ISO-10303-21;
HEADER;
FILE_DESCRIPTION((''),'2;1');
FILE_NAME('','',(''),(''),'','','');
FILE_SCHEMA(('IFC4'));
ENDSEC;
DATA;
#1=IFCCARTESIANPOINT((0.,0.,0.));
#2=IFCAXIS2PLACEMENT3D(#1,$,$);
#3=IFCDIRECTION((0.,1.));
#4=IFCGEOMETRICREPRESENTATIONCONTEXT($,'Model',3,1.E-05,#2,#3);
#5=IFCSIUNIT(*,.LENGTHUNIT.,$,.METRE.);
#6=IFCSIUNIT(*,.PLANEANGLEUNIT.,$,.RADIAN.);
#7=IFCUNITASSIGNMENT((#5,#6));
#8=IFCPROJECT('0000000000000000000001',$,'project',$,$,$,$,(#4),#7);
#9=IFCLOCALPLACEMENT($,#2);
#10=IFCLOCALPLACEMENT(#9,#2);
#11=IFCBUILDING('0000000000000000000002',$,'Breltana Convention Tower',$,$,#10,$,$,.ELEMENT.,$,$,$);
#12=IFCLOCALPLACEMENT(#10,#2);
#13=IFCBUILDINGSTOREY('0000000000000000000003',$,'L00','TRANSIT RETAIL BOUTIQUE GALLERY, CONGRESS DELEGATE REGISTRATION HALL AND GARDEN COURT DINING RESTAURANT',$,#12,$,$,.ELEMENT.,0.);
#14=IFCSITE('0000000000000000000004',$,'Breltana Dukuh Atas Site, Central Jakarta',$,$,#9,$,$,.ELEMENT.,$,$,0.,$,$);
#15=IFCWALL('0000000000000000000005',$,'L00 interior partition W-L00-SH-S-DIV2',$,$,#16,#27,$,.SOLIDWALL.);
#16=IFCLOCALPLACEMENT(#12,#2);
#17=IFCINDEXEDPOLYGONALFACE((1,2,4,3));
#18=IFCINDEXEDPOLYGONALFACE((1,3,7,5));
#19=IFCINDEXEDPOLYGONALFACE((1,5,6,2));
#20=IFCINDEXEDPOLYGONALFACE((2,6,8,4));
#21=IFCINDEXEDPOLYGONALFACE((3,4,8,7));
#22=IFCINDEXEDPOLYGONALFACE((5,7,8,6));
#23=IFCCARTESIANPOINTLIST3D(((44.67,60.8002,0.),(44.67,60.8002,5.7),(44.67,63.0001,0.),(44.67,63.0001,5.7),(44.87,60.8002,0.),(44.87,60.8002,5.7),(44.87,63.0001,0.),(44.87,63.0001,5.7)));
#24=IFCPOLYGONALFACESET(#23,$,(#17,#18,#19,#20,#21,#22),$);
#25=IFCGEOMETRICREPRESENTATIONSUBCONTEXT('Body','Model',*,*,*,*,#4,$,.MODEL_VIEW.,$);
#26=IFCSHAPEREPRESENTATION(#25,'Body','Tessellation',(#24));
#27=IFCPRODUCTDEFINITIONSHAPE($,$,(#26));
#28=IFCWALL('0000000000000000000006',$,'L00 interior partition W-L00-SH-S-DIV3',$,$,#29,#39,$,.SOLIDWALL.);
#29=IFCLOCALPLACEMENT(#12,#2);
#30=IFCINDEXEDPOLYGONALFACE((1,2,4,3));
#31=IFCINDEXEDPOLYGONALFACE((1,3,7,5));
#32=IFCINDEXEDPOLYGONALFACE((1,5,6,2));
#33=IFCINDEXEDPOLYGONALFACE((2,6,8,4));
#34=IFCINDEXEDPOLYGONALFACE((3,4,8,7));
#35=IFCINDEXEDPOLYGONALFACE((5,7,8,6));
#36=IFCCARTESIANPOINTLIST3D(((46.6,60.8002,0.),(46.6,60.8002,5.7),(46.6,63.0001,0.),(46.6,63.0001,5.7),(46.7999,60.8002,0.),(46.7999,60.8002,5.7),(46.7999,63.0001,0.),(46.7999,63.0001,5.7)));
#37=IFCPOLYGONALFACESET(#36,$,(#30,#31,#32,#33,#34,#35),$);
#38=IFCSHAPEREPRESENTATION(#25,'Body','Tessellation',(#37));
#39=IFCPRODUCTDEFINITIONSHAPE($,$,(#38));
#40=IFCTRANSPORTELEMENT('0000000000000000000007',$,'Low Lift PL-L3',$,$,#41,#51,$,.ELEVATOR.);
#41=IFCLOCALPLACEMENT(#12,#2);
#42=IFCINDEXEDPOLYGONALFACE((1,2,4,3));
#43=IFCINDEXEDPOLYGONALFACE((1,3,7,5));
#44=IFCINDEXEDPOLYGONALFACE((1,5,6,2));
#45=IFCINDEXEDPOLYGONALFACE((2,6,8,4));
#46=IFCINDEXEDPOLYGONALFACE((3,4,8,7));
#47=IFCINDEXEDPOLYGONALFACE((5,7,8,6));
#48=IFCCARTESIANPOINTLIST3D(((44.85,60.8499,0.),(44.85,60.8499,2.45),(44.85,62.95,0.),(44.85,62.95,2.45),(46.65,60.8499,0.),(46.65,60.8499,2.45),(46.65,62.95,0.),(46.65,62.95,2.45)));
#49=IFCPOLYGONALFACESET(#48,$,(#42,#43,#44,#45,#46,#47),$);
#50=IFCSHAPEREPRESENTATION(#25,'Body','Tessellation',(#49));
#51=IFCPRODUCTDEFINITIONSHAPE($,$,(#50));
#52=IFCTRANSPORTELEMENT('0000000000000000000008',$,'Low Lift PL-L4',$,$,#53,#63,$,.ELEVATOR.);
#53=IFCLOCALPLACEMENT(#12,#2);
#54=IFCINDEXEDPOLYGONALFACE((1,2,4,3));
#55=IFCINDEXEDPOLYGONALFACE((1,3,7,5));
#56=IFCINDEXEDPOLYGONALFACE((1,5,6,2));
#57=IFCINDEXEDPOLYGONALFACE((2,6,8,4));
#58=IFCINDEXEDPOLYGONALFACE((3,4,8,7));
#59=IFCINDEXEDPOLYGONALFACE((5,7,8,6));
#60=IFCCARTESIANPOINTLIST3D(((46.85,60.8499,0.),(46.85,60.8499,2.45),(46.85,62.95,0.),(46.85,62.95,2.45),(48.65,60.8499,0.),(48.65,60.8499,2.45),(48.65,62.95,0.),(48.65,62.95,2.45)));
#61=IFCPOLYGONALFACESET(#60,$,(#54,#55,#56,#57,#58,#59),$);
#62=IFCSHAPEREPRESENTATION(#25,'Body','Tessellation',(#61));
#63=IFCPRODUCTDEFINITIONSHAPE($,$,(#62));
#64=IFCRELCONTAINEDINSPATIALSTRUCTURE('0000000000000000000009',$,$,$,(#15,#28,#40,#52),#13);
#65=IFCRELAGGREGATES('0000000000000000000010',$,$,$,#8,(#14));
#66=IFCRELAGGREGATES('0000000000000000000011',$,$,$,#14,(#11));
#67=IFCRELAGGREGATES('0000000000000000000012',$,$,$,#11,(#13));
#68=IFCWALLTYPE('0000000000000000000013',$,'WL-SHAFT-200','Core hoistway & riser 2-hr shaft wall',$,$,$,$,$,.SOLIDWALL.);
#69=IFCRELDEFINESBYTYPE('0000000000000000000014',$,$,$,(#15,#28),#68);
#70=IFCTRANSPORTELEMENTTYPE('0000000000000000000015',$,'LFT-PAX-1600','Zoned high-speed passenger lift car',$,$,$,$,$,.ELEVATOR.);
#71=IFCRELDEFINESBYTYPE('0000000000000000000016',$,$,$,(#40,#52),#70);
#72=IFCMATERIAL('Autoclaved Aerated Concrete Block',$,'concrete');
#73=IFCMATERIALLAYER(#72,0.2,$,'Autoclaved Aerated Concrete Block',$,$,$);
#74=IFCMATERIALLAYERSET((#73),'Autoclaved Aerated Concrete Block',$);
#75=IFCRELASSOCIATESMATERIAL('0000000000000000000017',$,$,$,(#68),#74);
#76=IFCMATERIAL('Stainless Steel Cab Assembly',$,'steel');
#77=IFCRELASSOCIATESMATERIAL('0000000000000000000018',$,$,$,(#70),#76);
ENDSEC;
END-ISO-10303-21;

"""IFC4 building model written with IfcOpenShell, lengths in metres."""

from ifc_helpers import new_model, si_unit, direction, frame, frame_2d, origin, origin_2d, place, context, subcontext, project, spatial, rectangle, extrude, source, transform, mapped, material, layer, layer_set, type_object, type_shapes, element, save


model = new_model("IFC4")

# Units and contexts
model_context = context("Model", 3, precision=1e-05, world=origin(), true_north=direction((0.0, 1.0)))
body_context = subcontext(model_context, "Body", "Model", "MODEL_VIEW")
ifc_project = project(units=[si_unit("LENGTHUNIT", "METRE"), si_unit("PLANEANGLEUNIT", "RADIAN")], contexts=[model_context])

# Site, building, storey
site_placement = place(None, origin())
site = spatial("IfcSite", under=ifc_project, at=site_placement, Name="Breltana Dukuh Atas Site, Central Jakarta", CompositionType="ELEMENT", RefElevation=0.0)
building_placement = place(site_placement, origin())
building = spatial("IfcBuilding", under=site, at=building_placement, Name="Breltana Convention Tower", CompositionType="ELEMENT")
storey_placement = place(building_placement, origin())
storey = spatial("IfcBuildingStorey", under=building, at=storey_placement, Name="L00", Description="TRANSIT RETAIL BOUTIQUE GALLERY, CONGRESS DELEGATE REGISTRATION HALL AND GARDEN COURT DINING RESTAURANT", CompositionType="ELEMENT", Elevation=0.0)

# Shared definitions
ifc_material_1 = material(Name="Autoclaved Aerated Concrete Block", Category="concrete")
ifc_layer_1 = layer(ifc_material_1, 0.2, Name="Autoclaved Aerated Concrete Block")
ifc_layer_set_1 = layer_set([ifc_layer_1], Name="Autoclaved Aerated Concrete Block")
wall_type_1 = type_object("IfcWallType", Name="WL-SHAFT-200", Description="Core hoistway & riser 2-hr shaft wall", PredefinedType="SOLIDWALL", material=ifc_layer_set_1)

# Walls
shared_shape_1 = source(origin(), body_context, "Body", "SweptSolid", [
    extrude(rectangle(XDim=2.2, YDim=0.2, at=frame_2d((1.1001, 0.0))), origin(), (0.0, 0.0, 1.0), 5.7),
])
for number, where, z_axis, x_axis, name in (
    (1, (44.77, 60.8, 0.0), (0.0, 0.0, 1.0), (0.0, 1.0, 0.0), "L00 interior partition W-L00-SH-S-DIV2"),
    (2, (46.7, 60.8, 0.0), (0.0, 0.0, 1.0), (0.0, 1.0, 0.0), "L00 interior partition W-L00-SH-S-DIV3"),
):
    element("IfcWall", number, at=place(storey_placement, frame(where, z_axis=z_axis, x_axis=x_axis)), inside=storey, type_object=wall_type_1, Name=name, PredefinedType="SOLIDWALL", context=body_context, shape_type="MappedRepresentation", body=[
        mapped(shared_shape_1, transform((0.0, 0.0, 0.0), scale=1.0)),
    ])

# Transport elements
ifc_material_2 = material(Name="Stainless Steel Cab Assembly", Category="steel")
transport_element_type = type_object("IfcTransportElementType", Name="LFT-PAX-1600", Description="Zoned high-speed passenger lift car", PredefinedType="ELEVATOR", material=ifc_material_2)
shared_shape_2 = source(origin(), body_context, "Body", "SweptSolid", [
    extrude(rectangle(XDim=1.8, YDim=2.1001, at=origin_2d()), origin(), (0.0, 0.0, 1.0), 2.45),
])
type_shapes(transport_element_type, [shared_shape_2])
for number, where, z_axis, x_axis, name in (
    (3, (45.75, 61.8999, 0.0), (0.0, 0.0, 1.0), (1.0, 0.0, 0.0), "Low Lift PL-L3"),
    (4, (47.75, 61.8999, 0.0), (0.0, 0.0, 1.0), (1.0, 0.0, 0.0), "Low Lift PL-L4"),
):
    element("IfcTransportElement", number, at=place(storey_placement, frame(where, z_axis=z_axis, x_axis=x_axis)), inside=storey, type_object=transport_element_type, Name=name, PredefinedType="ELEVATOR", context=body_context, shape_type="MappedRepresentation", body=[
        mapped(shared_shape_2, transform((0.0, 0.0, 0.0), scale=1.0)),
    ])

save(model, "model.ifc")
